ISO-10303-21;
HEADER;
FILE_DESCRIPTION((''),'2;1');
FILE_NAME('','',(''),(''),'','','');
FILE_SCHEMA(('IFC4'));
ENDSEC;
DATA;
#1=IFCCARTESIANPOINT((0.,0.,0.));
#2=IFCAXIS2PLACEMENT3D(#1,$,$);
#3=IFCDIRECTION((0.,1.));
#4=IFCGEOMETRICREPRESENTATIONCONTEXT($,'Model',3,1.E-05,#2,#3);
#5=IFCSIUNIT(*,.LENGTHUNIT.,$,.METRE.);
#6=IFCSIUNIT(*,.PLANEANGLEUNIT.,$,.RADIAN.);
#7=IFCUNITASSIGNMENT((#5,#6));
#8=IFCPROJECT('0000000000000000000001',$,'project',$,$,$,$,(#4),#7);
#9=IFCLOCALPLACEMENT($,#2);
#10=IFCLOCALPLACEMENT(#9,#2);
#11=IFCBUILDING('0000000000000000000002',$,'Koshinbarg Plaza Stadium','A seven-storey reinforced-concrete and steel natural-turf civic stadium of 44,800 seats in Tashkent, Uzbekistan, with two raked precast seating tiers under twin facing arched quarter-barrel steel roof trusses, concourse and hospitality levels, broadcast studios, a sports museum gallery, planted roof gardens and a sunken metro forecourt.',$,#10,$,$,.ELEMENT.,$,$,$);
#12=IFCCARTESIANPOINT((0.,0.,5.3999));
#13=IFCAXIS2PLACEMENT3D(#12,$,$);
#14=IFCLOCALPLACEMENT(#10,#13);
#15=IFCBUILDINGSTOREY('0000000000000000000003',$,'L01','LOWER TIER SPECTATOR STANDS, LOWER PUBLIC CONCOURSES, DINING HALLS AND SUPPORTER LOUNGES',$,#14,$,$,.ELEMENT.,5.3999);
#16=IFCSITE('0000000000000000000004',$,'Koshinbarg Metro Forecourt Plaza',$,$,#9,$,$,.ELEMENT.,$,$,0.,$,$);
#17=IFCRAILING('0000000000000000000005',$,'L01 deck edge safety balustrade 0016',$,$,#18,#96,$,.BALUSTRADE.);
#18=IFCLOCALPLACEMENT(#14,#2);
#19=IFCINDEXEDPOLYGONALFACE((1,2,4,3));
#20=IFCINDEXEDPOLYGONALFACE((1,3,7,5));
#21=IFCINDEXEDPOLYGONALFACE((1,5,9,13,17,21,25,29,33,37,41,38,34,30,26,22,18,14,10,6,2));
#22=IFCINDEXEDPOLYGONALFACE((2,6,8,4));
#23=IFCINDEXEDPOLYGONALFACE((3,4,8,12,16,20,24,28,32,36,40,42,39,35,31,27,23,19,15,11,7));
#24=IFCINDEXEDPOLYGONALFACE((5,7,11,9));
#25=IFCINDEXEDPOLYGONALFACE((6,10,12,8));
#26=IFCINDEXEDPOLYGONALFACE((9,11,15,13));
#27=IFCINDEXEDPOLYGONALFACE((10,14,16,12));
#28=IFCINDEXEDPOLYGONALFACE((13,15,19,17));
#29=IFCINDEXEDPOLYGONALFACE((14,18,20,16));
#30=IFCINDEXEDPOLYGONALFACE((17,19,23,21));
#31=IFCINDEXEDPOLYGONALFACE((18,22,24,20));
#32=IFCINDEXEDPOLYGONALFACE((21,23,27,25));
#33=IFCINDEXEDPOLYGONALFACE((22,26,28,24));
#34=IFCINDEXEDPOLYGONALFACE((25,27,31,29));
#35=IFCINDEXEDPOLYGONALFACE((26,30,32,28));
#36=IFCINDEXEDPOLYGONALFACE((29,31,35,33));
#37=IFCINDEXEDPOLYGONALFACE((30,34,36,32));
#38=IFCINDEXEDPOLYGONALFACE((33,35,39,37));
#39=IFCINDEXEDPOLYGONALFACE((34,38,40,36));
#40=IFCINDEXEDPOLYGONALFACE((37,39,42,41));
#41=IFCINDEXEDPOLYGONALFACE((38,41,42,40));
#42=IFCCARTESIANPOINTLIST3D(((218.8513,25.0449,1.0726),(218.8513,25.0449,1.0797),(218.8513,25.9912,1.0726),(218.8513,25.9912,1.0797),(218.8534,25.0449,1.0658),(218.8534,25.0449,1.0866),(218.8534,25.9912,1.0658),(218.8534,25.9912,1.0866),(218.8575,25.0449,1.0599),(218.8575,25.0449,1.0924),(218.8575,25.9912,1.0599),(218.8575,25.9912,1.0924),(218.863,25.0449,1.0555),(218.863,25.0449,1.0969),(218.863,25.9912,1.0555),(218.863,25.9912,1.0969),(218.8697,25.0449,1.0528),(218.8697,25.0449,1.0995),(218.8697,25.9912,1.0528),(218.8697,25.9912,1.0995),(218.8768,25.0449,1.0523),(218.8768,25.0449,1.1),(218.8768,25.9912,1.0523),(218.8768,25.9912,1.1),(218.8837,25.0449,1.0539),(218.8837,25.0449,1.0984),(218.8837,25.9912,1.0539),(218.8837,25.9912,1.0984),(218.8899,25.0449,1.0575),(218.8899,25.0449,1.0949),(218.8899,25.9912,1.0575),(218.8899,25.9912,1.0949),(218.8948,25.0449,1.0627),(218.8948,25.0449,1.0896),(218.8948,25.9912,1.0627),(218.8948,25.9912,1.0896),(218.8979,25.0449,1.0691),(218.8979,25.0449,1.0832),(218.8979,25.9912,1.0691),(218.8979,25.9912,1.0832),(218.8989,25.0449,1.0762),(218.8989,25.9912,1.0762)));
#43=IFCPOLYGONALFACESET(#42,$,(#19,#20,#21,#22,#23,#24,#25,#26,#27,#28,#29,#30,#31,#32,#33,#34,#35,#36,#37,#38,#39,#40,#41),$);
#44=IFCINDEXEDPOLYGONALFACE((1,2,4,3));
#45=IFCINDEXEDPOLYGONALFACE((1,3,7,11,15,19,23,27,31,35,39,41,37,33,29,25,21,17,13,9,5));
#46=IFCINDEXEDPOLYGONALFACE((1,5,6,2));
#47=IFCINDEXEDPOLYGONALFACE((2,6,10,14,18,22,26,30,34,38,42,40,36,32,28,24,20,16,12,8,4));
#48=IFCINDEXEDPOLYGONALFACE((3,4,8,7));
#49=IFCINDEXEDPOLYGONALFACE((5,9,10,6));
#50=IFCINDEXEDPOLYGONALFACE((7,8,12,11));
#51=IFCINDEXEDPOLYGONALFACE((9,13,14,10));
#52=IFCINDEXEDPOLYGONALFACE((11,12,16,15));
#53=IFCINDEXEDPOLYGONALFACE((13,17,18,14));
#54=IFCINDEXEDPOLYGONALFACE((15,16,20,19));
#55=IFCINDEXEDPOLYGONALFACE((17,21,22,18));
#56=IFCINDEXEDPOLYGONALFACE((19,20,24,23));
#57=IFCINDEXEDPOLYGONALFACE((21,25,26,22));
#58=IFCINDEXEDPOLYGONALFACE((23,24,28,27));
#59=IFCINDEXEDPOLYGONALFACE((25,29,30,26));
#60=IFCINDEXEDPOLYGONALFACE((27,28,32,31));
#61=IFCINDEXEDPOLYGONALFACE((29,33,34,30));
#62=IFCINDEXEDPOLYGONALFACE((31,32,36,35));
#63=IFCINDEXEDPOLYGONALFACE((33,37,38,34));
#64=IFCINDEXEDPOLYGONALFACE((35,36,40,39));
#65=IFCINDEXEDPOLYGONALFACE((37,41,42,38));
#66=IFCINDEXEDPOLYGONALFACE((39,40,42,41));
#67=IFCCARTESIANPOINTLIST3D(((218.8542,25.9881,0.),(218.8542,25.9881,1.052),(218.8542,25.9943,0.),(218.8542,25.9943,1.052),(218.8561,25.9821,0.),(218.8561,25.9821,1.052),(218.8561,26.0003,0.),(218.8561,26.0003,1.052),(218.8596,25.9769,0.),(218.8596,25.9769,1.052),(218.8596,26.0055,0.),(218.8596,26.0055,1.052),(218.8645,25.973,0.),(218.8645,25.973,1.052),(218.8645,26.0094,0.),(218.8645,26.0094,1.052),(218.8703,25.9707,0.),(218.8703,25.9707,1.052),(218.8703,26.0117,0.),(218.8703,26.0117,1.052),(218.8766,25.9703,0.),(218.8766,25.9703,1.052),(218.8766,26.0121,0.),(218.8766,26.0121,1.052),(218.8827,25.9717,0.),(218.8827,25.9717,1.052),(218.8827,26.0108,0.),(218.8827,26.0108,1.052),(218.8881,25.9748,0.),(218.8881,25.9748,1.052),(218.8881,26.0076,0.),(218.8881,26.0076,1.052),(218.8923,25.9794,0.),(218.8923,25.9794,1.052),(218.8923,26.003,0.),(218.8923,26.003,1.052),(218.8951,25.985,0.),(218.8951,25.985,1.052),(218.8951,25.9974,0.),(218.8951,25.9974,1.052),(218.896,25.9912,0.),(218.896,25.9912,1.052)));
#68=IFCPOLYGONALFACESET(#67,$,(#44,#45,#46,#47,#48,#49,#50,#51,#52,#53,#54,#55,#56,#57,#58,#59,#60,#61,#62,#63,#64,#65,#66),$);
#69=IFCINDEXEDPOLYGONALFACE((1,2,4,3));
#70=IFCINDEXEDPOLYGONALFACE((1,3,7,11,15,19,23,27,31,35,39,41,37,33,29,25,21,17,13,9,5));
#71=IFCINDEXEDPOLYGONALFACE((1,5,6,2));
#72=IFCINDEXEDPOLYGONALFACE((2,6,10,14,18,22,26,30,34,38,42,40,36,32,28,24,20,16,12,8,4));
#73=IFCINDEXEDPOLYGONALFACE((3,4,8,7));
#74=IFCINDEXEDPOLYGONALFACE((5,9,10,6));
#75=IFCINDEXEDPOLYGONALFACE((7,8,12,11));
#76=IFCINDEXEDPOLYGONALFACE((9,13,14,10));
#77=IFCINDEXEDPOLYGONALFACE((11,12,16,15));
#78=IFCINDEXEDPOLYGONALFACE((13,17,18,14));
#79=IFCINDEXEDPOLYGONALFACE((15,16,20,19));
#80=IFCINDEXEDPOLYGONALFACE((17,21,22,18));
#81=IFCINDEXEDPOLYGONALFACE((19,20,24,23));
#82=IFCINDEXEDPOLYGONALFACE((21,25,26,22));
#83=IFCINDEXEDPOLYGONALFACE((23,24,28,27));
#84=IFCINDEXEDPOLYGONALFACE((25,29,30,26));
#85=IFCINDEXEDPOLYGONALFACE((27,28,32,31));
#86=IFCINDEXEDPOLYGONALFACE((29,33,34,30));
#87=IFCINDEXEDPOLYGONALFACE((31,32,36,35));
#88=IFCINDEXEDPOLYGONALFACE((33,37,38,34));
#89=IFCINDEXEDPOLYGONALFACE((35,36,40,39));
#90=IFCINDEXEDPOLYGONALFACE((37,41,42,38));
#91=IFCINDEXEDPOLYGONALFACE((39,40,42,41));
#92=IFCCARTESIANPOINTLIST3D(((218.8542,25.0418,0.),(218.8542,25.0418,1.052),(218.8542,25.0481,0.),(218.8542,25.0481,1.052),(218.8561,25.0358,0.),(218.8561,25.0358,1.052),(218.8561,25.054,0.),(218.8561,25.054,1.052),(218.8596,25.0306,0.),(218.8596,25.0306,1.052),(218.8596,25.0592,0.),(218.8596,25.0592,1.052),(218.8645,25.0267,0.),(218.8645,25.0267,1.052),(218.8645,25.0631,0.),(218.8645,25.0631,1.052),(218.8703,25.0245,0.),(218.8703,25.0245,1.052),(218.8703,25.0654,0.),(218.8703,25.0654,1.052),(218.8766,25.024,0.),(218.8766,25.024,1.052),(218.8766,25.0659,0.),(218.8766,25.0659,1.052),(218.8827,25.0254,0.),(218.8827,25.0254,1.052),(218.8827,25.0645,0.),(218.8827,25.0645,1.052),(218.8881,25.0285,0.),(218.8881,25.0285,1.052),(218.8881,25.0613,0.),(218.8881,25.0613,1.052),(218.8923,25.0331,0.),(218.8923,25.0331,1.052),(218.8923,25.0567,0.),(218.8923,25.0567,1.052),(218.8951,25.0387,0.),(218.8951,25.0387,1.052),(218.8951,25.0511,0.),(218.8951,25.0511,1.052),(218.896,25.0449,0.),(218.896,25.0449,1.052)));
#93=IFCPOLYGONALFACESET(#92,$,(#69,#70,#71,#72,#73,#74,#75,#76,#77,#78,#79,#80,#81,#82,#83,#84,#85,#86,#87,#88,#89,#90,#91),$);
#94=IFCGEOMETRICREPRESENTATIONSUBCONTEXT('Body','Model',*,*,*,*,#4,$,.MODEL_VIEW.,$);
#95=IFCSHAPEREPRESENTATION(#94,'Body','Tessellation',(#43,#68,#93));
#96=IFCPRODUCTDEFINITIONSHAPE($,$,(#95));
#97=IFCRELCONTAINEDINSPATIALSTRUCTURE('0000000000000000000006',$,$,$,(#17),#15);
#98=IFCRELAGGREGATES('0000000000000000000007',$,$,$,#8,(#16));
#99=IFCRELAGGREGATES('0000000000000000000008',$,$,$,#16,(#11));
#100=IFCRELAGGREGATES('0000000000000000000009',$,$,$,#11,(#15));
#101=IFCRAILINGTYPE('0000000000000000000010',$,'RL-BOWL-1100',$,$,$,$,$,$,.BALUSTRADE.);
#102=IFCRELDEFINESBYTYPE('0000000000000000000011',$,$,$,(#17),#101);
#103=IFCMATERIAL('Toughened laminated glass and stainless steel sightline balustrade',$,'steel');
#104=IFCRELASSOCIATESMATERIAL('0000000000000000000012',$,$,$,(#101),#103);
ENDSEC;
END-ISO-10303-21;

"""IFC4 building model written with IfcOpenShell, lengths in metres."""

from ifc_helpers import new_model, si_unit, direction, frame, origin, origin_2d, place, context, subcontext, project, spatial, circle, extrude, material, type_object, element, save


model = new_model("IFC4")

# Units and contexts
model_context = context("Model", 3, precision=1e-05, world=origin(), true_north=direction((0.0, 1.0)))
body_context = subcontext(model_context, "Body", "Model", "MODEL_VIEW")
ifc_project = project(units=[si_unit("LENGTHUNIT", "METRE"), si_unit("PLANEANGLEUNIT", "RADIAN")], contexts=[model_context])

# Site, building, storey
site_placement = place(None, origin())
site = spatial("IfcSite", under=ifc_project, at=site_placement, Name="Koshinbarg Metro Forecourt Plaza", CompositionType="ELEMENT", RefElevation=0.0)
building_placement = place(site_placement, origin())
building = spatial("IfcBuilding", under=site, at=building_placement, Name="Koshinbarg Plaza Stadium", Description="A seven-storey reinforced-concrete and steel natural-turf civic stadium of 44,800 seats in Tashkent, Uzbekistan, with two raked precast seating tiers under twin facing arched quarter-barrel steel roof trusses, concourse and hospitality levels, broadcast studios, a sports museum gallery, planted roof gardens and a sunken metro forecourt.", CompositionType="ELEMENT")
storey_placement = place(building_placement, frame((0.0, 0.0, 5.3999)))
storey = spatial("IfcBuildingStorey", under=building, at=storey_placement, Name="L01", Description="LOWER TIER SPECTATOR STANDS, LOWER PUBLIC CONCOURSES, DINING HALLS AND SUPPORTER LOUNGES", CompositionType="ELEMENT", Elevation=5.3999)

# Railing
ifc_material_1 = material(Name="Toughened laminated glass and stainless steel sightline balustrade", Category="steel")
railing_type = type_object("IfcRailingType", Name="RL-BOWL-1100", PredefinedType="BALUSTRADE", material=ifc_material_1)
railing_1_placement = place(storey_placement, frame((218.875, 25.9912, 0.0)))
element("IfcRailing", 1, at=railing_1_placement, inside=storey, type_object=railing_type, Name="L01 deck edge safety balustrade 0016", PredefinedType="BALUSTRADE", context=body_context, shape_type="SweptSolid", body=[
    extrude(circle(Radius=0.0239, at=origin_2d()), frame((0.0, 0.0, 1.0762), z_axis=(0.0, -1.0, 0.0), x_axis=(1.0, 0.0, 0.0)), (0.0, 0.0, 1.0), 0.9463),
    extrude(circle(Radius=0.021, at=origin_2d()), origin(), (0.0, 0.0, 1.0), 1.052),
    extrude(circle(Radius=0.021, at=origin_2d()), frame((0.0, -0.9463, 0.0)), (0.0, 0.0, 1.0), 1.052),
])

save(model, "model.ifc")
